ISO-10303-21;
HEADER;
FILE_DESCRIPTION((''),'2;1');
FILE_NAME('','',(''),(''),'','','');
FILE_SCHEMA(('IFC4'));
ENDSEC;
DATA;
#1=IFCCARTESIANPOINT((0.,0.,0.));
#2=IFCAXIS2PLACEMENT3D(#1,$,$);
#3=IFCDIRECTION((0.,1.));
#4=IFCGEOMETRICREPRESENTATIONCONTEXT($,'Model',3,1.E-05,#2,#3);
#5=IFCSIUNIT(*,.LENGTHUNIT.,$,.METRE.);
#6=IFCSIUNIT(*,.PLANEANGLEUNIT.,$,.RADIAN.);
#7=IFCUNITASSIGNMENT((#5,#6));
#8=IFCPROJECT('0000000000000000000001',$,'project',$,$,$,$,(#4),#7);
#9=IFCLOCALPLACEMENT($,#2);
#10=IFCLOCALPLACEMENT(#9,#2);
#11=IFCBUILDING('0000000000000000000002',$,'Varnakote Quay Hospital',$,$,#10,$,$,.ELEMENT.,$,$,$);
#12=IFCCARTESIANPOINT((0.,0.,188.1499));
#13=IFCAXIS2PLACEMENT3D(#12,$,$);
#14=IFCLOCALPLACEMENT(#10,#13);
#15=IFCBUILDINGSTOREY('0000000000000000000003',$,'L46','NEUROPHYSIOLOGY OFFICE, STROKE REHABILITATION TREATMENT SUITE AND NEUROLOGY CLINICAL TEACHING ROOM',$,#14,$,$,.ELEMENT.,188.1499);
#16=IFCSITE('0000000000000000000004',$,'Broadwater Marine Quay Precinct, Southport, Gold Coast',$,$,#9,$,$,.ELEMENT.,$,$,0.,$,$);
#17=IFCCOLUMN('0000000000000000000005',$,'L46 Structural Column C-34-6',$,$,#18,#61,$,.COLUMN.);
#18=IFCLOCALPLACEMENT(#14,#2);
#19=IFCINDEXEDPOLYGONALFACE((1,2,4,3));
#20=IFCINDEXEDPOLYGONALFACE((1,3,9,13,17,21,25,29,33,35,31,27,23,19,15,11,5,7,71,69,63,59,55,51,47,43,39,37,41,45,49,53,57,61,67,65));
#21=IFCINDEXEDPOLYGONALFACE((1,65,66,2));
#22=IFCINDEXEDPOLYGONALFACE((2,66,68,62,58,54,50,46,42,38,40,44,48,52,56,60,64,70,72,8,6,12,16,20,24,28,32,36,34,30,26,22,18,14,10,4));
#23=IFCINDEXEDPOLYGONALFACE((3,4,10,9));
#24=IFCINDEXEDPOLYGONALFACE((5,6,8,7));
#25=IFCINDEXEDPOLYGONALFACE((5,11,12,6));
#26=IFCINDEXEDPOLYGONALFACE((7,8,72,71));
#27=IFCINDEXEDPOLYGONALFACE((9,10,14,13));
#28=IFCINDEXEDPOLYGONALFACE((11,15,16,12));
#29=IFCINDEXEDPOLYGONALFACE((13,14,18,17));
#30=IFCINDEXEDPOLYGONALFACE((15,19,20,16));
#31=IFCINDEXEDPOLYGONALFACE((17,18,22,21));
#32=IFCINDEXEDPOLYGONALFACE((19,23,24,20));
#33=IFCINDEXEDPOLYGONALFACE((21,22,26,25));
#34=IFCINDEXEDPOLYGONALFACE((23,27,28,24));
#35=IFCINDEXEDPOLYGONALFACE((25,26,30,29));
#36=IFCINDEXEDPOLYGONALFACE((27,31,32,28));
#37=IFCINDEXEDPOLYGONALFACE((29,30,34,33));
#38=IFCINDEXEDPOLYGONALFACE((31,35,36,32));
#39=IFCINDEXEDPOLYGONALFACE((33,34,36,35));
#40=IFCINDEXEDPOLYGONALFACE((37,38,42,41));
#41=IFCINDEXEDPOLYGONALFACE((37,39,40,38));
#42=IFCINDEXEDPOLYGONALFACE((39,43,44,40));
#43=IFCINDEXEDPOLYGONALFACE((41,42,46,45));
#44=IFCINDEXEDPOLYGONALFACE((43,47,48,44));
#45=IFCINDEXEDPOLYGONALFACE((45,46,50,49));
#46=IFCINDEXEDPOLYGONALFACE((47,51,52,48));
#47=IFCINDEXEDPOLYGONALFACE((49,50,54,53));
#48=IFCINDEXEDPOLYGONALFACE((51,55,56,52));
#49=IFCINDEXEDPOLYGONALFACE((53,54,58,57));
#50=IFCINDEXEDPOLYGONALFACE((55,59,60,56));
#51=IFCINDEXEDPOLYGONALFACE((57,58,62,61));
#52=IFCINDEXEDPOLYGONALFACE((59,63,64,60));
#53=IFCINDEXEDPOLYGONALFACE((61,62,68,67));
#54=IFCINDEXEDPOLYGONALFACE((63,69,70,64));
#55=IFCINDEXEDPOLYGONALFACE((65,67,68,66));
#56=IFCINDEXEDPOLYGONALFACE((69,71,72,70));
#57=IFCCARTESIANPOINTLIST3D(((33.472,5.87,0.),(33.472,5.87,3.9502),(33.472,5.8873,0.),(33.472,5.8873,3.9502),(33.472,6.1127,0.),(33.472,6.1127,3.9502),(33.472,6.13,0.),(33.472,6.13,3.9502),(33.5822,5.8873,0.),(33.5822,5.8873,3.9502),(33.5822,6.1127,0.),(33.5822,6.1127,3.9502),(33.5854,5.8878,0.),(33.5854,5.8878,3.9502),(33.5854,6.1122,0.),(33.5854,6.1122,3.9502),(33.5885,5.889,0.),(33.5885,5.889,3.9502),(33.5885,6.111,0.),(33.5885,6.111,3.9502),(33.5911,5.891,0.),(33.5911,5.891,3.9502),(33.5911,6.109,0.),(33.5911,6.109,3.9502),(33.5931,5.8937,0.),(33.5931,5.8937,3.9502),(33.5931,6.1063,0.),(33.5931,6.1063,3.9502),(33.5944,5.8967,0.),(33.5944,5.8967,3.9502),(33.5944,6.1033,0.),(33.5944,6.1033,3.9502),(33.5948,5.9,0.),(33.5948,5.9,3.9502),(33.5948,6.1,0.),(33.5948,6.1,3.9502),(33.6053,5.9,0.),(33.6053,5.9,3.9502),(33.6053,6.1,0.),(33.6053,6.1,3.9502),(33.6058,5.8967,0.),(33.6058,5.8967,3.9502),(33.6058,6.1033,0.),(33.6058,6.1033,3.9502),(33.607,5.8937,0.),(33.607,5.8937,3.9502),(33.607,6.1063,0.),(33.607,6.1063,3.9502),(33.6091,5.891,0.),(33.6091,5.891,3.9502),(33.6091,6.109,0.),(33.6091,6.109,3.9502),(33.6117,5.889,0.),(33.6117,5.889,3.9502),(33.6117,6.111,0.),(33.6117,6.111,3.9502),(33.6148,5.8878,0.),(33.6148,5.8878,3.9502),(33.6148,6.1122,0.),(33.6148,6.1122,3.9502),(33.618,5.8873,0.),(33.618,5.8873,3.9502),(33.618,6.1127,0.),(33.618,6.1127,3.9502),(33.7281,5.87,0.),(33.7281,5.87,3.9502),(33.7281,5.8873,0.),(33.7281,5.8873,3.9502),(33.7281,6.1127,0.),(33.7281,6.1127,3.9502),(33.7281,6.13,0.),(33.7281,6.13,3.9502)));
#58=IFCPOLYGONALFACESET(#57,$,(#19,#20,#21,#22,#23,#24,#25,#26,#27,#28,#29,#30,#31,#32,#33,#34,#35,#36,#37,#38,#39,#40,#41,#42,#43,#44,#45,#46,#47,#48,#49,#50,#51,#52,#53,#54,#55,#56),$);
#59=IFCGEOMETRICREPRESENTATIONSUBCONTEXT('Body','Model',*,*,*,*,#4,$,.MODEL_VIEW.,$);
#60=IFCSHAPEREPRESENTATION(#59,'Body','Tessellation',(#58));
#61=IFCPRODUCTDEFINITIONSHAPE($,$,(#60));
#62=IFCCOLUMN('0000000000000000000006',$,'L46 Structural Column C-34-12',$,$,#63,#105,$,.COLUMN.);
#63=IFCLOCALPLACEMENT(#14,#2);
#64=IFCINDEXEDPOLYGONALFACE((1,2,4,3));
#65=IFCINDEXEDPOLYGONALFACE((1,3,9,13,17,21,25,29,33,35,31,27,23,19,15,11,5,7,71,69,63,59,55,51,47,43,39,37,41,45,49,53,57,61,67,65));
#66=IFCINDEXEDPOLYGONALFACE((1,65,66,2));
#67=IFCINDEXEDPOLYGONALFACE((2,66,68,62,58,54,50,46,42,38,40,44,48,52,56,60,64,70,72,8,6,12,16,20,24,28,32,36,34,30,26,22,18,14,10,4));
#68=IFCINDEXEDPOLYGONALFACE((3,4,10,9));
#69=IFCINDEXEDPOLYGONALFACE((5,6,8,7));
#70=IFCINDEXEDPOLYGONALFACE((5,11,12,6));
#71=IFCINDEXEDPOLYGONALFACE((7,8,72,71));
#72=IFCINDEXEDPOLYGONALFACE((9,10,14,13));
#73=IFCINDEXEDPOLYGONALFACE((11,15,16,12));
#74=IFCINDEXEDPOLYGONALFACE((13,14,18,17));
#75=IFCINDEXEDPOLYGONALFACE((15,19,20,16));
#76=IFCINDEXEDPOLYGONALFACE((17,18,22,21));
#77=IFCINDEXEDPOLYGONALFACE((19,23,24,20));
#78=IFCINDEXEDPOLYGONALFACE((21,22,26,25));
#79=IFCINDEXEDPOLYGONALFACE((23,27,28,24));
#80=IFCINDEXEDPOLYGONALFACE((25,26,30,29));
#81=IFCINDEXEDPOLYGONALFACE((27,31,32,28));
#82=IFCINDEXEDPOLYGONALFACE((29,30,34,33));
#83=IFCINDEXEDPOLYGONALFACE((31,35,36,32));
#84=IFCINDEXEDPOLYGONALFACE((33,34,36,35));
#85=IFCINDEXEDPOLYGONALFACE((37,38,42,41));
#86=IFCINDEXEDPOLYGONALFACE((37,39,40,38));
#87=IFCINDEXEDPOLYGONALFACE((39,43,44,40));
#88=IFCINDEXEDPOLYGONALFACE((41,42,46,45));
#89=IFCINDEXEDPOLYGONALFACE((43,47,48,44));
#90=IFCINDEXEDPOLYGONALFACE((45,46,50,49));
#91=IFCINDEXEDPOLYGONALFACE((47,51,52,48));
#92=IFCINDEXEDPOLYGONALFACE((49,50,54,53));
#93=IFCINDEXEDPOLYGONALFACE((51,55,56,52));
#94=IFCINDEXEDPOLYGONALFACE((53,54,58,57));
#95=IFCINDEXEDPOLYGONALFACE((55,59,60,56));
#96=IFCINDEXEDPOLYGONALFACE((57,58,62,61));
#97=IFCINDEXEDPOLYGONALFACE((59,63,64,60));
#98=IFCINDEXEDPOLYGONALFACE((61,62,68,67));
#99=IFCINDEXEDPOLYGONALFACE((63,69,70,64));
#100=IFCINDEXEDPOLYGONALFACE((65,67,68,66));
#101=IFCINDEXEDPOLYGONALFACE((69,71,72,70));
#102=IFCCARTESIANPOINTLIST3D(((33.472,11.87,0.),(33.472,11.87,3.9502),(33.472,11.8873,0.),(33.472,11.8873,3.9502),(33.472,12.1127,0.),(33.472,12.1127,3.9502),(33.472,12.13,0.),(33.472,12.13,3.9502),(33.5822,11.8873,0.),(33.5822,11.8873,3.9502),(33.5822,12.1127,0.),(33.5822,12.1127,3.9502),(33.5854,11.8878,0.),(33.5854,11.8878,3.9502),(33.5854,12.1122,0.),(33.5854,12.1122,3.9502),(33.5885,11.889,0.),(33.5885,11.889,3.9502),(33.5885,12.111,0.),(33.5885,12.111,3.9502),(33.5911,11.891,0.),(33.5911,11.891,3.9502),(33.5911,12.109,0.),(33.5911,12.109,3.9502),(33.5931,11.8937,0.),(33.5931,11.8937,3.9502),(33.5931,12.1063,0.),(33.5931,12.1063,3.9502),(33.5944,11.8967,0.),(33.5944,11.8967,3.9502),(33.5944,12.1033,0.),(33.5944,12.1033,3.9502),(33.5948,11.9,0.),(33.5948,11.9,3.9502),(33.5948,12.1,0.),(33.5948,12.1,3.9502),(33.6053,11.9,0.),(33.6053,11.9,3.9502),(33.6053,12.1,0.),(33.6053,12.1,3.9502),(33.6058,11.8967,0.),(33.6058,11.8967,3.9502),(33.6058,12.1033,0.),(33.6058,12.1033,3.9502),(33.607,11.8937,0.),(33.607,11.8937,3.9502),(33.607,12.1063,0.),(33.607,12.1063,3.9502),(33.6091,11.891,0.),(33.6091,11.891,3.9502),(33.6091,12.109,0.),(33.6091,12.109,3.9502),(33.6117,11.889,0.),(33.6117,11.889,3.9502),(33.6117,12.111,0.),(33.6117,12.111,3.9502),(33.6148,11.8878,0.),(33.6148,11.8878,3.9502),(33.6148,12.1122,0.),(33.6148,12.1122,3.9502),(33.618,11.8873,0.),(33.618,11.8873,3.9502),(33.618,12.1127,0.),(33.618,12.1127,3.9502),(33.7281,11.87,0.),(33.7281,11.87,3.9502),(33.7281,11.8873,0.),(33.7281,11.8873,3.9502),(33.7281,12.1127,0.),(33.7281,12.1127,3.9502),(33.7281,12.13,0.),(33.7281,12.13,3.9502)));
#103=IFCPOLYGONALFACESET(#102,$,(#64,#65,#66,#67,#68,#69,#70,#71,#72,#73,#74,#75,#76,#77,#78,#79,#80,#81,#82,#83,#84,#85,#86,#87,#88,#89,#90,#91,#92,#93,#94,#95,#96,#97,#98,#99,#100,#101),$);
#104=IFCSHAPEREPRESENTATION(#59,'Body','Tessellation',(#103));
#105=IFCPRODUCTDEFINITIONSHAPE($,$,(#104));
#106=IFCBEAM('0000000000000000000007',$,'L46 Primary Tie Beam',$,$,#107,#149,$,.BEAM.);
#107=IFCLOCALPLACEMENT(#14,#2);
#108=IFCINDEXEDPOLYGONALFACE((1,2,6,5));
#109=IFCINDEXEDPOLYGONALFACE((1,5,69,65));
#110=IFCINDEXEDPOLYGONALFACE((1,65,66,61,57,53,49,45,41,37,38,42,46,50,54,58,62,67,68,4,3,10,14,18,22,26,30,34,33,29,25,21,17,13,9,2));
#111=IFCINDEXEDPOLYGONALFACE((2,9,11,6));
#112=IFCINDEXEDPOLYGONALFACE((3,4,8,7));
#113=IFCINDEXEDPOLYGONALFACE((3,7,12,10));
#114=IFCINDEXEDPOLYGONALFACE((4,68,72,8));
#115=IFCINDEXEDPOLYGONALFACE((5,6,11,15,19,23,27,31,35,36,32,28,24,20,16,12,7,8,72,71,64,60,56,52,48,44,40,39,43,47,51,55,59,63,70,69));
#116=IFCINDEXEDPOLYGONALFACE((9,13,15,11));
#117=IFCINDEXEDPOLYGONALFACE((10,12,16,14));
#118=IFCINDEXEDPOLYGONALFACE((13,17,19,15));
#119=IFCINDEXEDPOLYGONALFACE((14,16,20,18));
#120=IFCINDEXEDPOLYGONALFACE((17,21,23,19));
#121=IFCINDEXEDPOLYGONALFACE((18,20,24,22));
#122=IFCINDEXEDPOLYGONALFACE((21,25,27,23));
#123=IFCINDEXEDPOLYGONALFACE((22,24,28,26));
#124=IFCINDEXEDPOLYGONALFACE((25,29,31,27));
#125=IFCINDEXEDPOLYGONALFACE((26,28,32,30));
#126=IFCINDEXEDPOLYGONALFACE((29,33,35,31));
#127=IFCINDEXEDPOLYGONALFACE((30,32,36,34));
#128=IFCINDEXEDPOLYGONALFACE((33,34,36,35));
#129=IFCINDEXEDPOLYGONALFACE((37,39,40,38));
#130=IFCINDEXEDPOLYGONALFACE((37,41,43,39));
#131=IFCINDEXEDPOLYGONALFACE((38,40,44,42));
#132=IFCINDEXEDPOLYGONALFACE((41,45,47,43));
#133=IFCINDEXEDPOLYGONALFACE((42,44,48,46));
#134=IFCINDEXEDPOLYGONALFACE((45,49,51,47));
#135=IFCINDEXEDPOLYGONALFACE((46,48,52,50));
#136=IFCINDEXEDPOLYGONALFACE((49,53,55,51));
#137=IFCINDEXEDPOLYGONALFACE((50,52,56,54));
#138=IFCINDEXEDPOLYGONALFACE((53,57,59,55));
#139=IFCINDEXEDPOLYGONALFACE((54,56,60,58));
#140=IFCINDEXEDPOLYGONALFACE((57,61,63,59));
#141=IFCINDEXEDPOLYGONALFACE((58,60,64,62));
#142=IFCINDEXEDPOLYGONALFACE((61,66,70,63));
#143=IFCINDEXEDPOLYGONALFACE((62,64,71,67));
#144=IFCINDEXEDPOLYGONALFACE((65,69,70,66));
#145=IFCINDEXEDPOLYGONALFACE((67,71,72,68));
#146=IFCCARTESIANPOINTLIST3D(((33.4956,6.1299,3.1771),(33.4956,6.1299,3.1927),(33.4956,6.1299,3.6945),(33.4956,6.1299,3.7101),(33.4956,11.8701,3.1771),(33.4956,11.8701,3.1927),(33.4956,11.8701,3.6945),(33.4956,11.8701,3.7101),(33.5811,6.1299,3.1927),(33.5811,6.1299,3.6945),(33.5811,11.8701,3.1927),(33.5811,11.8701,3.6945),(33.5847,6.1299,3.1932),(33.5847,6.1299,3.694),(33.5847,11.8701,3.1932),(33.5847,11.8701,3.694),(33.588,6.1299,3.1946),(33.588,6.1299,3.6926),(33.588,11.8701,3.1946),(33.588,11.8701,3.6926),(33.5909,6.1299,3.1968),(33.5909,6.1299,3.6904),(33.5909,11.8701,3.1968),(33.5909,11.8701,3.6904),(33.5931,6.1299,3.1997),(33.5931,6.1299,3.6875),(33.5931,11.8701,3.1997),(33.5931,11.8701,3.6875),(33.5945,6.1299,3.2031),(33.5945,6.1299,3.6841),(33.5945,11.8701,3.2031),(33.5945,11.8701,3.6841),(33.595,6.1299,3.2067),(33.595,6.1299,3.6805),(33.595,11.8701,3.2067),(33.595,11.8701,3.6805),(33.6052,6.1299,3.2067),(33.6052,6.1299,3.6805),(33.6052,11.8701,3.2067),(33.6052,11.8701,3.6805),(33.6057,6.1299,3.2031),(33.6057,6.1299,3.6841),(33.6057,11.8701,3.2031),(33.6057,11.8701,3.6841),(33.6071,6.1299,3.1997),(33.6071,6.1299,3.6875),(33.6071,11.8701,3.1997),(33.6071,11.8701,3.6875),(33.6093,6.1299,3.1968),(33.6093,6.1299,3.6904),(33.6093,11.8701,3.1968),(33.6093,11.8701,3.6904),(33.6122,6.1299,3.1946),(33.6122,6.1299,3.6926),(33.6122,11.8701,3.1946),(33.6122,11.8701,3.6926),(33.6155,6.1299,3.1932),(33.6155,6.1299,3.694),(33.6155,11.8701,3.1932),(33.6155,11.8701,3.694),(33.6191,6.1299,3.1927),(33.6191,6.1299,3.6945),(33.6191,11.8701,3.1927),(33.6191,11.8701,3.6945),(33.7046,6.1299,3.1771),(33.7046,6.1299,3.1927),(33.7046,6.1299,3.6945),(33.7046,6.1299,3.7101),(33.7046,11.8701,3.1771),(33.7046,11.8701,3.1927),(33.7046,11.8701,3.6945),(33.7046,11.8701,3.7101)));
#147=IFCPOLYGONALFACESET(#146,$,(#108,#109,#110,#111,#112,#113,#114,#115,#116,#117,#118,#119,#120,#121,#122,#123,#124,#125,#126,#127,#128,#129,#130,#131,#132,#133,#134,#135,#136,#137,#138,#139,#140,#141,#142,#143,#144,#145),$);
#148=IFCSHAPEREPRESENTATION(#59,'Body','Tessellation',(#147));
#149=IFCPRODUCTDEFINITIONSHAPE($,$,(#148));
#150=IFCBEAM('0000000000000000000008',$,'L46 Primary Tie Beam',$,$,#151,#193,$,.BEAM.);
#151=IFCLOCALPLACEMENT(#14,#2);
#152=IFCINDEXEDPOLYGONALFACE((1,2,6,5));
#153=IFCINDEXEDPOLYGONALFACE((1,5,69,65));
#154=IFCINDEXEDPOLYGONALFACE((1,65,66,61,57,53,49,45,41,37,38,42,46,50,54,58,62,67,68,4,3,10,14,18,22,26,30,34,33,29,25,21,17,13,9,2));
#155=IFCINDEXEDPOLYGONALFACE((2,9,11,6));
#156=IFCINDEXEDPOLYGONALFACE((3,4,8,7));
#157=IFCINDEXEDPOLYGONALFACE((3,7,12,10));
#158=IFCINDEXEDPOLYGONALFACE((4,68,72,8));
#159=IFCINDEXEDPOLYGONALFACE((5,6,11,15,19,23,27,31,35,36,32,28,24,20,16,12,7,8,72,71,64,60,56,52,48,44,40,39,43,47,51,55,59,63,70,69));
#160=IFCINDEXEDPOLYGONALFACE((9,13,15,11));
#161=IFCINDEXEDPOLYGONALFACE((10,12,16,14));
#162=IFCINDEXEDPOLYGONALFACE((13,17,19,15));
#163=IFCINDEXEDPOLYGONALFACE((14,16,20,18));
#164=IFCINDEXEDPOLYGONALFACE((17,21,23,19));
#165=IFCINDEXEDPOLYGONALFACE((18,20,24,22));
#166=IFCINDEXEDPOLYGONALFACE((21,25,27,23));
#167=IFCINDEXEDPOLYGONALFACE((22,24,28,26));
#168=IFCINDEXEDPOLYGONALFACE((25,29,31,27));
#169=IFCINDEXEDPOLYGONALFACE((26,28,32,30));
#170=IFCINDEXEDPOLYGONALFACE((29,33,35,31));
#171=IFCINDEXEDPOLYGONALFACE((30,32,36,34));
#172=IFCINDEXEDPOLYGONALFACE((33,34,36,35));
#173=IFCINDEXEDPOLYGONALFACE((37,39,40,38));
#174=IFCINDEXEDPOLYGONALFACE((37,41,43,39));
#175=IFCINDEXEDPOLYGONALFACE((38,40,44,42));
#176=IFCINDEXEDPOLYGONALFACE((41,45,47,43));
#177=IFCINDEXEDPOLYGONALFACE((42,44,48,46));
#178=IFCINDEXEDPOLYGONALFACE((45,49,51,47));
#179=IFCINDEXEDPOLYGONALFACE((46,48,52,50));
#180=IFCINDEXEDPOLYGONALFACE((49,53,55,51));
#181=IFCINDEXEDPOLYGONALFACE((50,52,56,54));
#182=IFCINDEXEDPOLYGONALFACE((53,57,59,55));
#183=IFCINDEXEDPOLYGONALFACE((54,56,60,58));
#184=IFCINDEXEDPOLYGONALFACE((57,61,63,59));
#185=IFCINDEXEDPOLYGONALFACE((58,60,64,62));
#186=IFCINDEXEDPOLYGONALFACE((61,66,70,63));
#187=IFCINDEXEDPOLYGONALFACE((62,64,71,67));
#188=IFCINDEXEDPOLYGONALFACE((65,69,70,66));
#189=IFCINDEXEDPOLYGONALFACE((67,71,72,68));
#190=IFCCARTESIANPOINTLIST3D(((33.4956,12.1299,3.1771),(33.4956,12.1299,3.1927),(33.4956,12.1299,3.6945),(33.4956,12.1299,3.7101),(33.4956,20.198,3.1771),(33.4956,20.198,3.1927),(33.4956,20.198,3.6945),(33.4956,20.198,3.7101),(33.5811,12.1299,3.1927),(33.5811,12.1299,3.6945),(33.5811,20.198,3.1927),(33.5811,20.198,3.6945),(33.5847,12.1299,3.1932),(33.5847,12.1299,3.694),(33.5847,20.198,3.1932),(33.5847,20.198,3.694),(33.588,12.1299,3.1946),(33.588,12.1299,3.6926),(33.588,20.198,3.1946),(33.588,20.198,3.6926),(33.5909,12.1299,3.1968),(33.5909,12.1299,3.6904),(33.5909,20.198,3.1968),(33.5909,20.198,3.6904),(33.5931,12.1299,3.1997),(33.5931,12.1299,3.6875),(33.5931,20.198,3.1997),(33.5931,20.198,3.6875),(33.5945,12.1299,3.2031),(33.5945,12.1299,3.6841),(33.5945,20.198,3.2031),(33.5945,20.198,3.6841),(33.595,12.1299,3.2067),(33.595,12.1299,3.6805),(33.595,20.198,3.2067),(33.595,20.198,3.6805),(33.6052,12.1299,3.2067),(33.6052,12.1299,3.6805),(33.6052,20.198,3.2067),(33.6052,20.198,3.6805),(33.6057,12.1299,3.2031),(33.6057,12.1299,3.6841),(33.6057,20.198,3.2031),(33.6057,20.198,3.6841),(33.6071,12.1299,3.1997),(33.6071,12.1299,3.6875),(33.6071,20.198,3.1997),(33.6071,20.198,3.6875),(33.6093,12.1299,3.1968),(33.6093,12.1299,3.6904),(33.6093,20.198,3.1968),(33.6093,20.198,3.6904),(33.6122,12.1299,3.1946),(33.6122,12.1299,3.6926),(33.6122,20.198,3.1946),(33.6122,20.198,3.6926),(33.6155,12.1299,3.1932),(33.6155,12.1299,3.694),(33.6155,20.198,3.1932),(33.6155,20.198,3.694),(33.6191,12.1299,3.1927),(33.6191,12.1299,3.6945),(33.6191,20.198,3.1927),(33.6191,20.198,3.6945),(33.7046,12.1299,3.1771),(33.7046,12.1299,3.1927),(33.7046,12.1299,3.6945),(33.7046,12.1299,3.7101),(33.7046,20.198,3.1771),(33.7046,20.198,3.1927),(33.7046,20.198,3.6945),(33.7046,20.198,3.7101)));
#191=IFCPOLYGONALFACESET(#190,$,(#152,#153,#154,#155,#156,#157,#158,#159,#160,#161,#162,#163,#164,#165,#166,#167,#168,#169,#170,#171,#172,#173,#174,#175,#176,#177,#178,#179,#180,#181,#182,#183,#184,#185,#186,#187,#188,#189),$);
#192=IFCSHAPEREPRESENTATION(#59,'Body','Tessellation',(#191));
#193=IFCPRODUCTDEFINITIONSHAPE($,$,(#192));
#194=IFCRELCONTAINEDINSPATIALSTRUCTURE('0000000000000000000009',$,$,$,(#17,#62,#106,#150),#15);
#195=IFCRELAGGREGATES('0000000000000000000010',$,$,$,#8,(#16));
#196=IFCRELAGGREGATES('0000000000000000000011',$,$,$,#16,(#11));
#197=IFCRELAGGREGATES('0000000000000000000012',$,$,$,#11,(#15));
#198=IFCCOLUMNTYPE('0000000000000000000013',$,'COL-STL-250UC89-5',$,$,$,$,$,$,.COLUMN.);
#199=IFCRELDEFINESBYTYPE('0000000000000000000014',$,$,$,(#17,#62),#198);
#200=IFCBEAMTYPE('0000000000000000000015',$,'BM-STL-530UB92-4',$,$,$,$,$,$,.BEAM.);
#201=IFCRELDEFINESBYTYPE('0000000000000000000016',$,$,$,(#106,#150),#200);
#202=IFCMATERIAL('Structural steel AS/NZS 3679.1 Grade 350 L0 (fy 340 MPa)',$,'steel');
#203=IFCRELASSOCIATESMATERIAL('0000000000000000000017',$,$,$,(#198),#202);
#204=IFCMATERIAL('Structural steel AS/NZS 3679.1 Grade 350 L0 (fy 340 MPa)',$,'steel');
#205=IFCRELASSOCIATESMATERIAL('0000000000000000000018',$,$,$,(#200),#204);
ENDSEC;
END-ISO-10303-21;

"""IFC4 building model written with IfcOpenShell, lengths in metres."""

from ifc_helpers import new_model, si_unit, direction, frame, origin, origin_2d, place, context, subcontext, project, spatial, i_section, extrude, material, material_profile, profile_set, type_object, element, save


model = new_model("IFC4")

# Units and contexts
model_context = context("Model", 3, precision=1e-05, world=origin(), true_north=direction((0.0, 1.0)))
body_context = subcontext(model_context, "Body", "Model", "MODEL_VIEW")
ifc_project = project(units=[si_unit("LENGTHUNIT", "METRE"), si_unit("PLANEANGLEUNIT", "RADIAN")], contexts=[model_context])

# Site, building, storey
site_placement = place(None, origin())
site = spatial("IfcSite", under=ifc_project, at=site_placement, Name="Broadwater Marine Quay Precinct, Southport, Gold Coast", CompositionType="ELEMENT", RefElevation=0.0)
building_placement = place(site_placement, origin())
building = spatial("IfcBuilding", under=site, at=building_placement, Name="Varnakote Quay Hospital", CompositionType="ELEMENT")
storey_placement = place(building_placement, frame((0.0, 0.0, 188.1499)))
storey = spatial("IfcBuildingStorey", under=building, at=storey_placement, Name="L46", Description="NEUROPHYSIOLOGY OFFICE, STROKE REHABILITATION TREATMENT SUITE AND NEUROLOGY CLINICAL TEACHING ROOM", CompositionType="ELEMENT", Elevation=188.1499)

# Columns
ifc_material_1 = material(Name="Structural steel AS/NZS 3679.1 Grade 350 L0 (fy 340 MPa)", Category="steel")
ifc_material_profile_1 = material_profile(ifc_material_1, i_section(OverallWidth=0.2561, OverallDepth=0.26, WebThickness=0.0105, FlangeThickness=0.0173, FilletRadius=0.0127, at=origin_2d()), Name="250UC89.5")
ifc_profile_set_1 = profile_set([ifc_material_profile_1], Name="Structural steel AS/NZS 3679.1 Grade 350 L0 (fy 340 MPa)")
column_type = type_object("IfcColumnType", Name="COL-STL-250UC89-5", PredefinedType="COLUMN", material=ifc_profile_set_1)
for number, where, z_axis, x_axis, name in (
    (1, (33.6001, 6.0, 0.0), (0.0, 0.0, 1.0), (1.0, 0.0, 0.0), "L46 Structural Column C-34-6"),
    (2, (33.6001, 12.0, 0.0), (0.0, 0.0, 1.0), (1.0, 0.0, 0.0), "L46 Structural Column C-34-12"),
):
    element("IfcColumn", number, at=place(storey_placement, frame(where, z_axis=z_axis, x_axis=x_axis)), inside=storey, type_object=column_type, Name=name, PredefinedType="COLUMN", context=body_context, shape_type="SweptSolid", body=[
        extrude(i_section(OverallWidth=0.2561, OverallDepth=0.26, WebThickness=0.0105, FlangeThickness=0.0173, FilletRadius=0.0127, at=origin_2d()), origin(), (0.0, 0.0, 1.0), 3.9502),
    ])

# Beams
ifc_material_2 = material(Name="Structural steel AS/NZS 3679.1 Grade 350 L0 (fy 340 MPa)", Category="steel")
ifc_material_profile_2 = material_profile(ifc_material_2, i_section(OverallWidth=0.209, OverallDepth=0.533, WebThickness=0.0103, FlangeThickness=0.0156, FilletRadius=0.0139, at=origin_2d()), Name="530UB92.4")
ifc_profile_set_2 = profile_set([ifc_material_profile_2], Name="Structural steel AS/NZS 3679.1 Grade 350 L0 (fy 340 MPa)")
beam_type_1 = type_object("IfcBeamType", Name="BM-STL-530UB92-4", PredefinedType="BEAM", material=ifc_profile_set_2)
beam_1_placement = place(storey_placement, frame((33.6001, 6.1299, 3.4436), z_axis=(0.0, 1.0, 0.0), x_axis=(-1.0, 0.0, 0.0)))
element("IfcBeam", 3, at=beam_1_placement, inside=storey, type_object=beam_type_1, Name="L46 Primary Tie Beam", PredefinedType="BEAM", context=body_context, shape_type="SweptSolid", body=[
    extrude(i_section(OverallWidth=0.209, OverallDepth=0.533, WebThickness=0.0103, FlangeThickness=0.0156, FilletRadius=0.0139, at=origin_2d()), origin(), (0.0, 0.0, 1.0), 5.7402),
])
beam_2_placement = place(storey_placement, frame((33.6001, 12.1299, 3.4436), z_axis=(0.0, 1.0, 0.0), x_axis=(-1.0, 0.0, 0.0)))
element("IfcBeam", 4, at=beam_2_placement, inside=storey, type_object=beam_type_1, Name="L46 Primary Tie Beam", PredefinedType="BEAM", context=body_context, shape_type="SweptSolid", body=[
    extrude(i_section(OverallWidth=0.209, OverallDepth=0.533, WebThickness=0.0103, FlangeThickness=0.0156, FilletRadius=0.0139, at=origin_2d()), origin(), (0.0, 0.0, 1.0), 8.0681),
])

save(model, "model.ifc")
